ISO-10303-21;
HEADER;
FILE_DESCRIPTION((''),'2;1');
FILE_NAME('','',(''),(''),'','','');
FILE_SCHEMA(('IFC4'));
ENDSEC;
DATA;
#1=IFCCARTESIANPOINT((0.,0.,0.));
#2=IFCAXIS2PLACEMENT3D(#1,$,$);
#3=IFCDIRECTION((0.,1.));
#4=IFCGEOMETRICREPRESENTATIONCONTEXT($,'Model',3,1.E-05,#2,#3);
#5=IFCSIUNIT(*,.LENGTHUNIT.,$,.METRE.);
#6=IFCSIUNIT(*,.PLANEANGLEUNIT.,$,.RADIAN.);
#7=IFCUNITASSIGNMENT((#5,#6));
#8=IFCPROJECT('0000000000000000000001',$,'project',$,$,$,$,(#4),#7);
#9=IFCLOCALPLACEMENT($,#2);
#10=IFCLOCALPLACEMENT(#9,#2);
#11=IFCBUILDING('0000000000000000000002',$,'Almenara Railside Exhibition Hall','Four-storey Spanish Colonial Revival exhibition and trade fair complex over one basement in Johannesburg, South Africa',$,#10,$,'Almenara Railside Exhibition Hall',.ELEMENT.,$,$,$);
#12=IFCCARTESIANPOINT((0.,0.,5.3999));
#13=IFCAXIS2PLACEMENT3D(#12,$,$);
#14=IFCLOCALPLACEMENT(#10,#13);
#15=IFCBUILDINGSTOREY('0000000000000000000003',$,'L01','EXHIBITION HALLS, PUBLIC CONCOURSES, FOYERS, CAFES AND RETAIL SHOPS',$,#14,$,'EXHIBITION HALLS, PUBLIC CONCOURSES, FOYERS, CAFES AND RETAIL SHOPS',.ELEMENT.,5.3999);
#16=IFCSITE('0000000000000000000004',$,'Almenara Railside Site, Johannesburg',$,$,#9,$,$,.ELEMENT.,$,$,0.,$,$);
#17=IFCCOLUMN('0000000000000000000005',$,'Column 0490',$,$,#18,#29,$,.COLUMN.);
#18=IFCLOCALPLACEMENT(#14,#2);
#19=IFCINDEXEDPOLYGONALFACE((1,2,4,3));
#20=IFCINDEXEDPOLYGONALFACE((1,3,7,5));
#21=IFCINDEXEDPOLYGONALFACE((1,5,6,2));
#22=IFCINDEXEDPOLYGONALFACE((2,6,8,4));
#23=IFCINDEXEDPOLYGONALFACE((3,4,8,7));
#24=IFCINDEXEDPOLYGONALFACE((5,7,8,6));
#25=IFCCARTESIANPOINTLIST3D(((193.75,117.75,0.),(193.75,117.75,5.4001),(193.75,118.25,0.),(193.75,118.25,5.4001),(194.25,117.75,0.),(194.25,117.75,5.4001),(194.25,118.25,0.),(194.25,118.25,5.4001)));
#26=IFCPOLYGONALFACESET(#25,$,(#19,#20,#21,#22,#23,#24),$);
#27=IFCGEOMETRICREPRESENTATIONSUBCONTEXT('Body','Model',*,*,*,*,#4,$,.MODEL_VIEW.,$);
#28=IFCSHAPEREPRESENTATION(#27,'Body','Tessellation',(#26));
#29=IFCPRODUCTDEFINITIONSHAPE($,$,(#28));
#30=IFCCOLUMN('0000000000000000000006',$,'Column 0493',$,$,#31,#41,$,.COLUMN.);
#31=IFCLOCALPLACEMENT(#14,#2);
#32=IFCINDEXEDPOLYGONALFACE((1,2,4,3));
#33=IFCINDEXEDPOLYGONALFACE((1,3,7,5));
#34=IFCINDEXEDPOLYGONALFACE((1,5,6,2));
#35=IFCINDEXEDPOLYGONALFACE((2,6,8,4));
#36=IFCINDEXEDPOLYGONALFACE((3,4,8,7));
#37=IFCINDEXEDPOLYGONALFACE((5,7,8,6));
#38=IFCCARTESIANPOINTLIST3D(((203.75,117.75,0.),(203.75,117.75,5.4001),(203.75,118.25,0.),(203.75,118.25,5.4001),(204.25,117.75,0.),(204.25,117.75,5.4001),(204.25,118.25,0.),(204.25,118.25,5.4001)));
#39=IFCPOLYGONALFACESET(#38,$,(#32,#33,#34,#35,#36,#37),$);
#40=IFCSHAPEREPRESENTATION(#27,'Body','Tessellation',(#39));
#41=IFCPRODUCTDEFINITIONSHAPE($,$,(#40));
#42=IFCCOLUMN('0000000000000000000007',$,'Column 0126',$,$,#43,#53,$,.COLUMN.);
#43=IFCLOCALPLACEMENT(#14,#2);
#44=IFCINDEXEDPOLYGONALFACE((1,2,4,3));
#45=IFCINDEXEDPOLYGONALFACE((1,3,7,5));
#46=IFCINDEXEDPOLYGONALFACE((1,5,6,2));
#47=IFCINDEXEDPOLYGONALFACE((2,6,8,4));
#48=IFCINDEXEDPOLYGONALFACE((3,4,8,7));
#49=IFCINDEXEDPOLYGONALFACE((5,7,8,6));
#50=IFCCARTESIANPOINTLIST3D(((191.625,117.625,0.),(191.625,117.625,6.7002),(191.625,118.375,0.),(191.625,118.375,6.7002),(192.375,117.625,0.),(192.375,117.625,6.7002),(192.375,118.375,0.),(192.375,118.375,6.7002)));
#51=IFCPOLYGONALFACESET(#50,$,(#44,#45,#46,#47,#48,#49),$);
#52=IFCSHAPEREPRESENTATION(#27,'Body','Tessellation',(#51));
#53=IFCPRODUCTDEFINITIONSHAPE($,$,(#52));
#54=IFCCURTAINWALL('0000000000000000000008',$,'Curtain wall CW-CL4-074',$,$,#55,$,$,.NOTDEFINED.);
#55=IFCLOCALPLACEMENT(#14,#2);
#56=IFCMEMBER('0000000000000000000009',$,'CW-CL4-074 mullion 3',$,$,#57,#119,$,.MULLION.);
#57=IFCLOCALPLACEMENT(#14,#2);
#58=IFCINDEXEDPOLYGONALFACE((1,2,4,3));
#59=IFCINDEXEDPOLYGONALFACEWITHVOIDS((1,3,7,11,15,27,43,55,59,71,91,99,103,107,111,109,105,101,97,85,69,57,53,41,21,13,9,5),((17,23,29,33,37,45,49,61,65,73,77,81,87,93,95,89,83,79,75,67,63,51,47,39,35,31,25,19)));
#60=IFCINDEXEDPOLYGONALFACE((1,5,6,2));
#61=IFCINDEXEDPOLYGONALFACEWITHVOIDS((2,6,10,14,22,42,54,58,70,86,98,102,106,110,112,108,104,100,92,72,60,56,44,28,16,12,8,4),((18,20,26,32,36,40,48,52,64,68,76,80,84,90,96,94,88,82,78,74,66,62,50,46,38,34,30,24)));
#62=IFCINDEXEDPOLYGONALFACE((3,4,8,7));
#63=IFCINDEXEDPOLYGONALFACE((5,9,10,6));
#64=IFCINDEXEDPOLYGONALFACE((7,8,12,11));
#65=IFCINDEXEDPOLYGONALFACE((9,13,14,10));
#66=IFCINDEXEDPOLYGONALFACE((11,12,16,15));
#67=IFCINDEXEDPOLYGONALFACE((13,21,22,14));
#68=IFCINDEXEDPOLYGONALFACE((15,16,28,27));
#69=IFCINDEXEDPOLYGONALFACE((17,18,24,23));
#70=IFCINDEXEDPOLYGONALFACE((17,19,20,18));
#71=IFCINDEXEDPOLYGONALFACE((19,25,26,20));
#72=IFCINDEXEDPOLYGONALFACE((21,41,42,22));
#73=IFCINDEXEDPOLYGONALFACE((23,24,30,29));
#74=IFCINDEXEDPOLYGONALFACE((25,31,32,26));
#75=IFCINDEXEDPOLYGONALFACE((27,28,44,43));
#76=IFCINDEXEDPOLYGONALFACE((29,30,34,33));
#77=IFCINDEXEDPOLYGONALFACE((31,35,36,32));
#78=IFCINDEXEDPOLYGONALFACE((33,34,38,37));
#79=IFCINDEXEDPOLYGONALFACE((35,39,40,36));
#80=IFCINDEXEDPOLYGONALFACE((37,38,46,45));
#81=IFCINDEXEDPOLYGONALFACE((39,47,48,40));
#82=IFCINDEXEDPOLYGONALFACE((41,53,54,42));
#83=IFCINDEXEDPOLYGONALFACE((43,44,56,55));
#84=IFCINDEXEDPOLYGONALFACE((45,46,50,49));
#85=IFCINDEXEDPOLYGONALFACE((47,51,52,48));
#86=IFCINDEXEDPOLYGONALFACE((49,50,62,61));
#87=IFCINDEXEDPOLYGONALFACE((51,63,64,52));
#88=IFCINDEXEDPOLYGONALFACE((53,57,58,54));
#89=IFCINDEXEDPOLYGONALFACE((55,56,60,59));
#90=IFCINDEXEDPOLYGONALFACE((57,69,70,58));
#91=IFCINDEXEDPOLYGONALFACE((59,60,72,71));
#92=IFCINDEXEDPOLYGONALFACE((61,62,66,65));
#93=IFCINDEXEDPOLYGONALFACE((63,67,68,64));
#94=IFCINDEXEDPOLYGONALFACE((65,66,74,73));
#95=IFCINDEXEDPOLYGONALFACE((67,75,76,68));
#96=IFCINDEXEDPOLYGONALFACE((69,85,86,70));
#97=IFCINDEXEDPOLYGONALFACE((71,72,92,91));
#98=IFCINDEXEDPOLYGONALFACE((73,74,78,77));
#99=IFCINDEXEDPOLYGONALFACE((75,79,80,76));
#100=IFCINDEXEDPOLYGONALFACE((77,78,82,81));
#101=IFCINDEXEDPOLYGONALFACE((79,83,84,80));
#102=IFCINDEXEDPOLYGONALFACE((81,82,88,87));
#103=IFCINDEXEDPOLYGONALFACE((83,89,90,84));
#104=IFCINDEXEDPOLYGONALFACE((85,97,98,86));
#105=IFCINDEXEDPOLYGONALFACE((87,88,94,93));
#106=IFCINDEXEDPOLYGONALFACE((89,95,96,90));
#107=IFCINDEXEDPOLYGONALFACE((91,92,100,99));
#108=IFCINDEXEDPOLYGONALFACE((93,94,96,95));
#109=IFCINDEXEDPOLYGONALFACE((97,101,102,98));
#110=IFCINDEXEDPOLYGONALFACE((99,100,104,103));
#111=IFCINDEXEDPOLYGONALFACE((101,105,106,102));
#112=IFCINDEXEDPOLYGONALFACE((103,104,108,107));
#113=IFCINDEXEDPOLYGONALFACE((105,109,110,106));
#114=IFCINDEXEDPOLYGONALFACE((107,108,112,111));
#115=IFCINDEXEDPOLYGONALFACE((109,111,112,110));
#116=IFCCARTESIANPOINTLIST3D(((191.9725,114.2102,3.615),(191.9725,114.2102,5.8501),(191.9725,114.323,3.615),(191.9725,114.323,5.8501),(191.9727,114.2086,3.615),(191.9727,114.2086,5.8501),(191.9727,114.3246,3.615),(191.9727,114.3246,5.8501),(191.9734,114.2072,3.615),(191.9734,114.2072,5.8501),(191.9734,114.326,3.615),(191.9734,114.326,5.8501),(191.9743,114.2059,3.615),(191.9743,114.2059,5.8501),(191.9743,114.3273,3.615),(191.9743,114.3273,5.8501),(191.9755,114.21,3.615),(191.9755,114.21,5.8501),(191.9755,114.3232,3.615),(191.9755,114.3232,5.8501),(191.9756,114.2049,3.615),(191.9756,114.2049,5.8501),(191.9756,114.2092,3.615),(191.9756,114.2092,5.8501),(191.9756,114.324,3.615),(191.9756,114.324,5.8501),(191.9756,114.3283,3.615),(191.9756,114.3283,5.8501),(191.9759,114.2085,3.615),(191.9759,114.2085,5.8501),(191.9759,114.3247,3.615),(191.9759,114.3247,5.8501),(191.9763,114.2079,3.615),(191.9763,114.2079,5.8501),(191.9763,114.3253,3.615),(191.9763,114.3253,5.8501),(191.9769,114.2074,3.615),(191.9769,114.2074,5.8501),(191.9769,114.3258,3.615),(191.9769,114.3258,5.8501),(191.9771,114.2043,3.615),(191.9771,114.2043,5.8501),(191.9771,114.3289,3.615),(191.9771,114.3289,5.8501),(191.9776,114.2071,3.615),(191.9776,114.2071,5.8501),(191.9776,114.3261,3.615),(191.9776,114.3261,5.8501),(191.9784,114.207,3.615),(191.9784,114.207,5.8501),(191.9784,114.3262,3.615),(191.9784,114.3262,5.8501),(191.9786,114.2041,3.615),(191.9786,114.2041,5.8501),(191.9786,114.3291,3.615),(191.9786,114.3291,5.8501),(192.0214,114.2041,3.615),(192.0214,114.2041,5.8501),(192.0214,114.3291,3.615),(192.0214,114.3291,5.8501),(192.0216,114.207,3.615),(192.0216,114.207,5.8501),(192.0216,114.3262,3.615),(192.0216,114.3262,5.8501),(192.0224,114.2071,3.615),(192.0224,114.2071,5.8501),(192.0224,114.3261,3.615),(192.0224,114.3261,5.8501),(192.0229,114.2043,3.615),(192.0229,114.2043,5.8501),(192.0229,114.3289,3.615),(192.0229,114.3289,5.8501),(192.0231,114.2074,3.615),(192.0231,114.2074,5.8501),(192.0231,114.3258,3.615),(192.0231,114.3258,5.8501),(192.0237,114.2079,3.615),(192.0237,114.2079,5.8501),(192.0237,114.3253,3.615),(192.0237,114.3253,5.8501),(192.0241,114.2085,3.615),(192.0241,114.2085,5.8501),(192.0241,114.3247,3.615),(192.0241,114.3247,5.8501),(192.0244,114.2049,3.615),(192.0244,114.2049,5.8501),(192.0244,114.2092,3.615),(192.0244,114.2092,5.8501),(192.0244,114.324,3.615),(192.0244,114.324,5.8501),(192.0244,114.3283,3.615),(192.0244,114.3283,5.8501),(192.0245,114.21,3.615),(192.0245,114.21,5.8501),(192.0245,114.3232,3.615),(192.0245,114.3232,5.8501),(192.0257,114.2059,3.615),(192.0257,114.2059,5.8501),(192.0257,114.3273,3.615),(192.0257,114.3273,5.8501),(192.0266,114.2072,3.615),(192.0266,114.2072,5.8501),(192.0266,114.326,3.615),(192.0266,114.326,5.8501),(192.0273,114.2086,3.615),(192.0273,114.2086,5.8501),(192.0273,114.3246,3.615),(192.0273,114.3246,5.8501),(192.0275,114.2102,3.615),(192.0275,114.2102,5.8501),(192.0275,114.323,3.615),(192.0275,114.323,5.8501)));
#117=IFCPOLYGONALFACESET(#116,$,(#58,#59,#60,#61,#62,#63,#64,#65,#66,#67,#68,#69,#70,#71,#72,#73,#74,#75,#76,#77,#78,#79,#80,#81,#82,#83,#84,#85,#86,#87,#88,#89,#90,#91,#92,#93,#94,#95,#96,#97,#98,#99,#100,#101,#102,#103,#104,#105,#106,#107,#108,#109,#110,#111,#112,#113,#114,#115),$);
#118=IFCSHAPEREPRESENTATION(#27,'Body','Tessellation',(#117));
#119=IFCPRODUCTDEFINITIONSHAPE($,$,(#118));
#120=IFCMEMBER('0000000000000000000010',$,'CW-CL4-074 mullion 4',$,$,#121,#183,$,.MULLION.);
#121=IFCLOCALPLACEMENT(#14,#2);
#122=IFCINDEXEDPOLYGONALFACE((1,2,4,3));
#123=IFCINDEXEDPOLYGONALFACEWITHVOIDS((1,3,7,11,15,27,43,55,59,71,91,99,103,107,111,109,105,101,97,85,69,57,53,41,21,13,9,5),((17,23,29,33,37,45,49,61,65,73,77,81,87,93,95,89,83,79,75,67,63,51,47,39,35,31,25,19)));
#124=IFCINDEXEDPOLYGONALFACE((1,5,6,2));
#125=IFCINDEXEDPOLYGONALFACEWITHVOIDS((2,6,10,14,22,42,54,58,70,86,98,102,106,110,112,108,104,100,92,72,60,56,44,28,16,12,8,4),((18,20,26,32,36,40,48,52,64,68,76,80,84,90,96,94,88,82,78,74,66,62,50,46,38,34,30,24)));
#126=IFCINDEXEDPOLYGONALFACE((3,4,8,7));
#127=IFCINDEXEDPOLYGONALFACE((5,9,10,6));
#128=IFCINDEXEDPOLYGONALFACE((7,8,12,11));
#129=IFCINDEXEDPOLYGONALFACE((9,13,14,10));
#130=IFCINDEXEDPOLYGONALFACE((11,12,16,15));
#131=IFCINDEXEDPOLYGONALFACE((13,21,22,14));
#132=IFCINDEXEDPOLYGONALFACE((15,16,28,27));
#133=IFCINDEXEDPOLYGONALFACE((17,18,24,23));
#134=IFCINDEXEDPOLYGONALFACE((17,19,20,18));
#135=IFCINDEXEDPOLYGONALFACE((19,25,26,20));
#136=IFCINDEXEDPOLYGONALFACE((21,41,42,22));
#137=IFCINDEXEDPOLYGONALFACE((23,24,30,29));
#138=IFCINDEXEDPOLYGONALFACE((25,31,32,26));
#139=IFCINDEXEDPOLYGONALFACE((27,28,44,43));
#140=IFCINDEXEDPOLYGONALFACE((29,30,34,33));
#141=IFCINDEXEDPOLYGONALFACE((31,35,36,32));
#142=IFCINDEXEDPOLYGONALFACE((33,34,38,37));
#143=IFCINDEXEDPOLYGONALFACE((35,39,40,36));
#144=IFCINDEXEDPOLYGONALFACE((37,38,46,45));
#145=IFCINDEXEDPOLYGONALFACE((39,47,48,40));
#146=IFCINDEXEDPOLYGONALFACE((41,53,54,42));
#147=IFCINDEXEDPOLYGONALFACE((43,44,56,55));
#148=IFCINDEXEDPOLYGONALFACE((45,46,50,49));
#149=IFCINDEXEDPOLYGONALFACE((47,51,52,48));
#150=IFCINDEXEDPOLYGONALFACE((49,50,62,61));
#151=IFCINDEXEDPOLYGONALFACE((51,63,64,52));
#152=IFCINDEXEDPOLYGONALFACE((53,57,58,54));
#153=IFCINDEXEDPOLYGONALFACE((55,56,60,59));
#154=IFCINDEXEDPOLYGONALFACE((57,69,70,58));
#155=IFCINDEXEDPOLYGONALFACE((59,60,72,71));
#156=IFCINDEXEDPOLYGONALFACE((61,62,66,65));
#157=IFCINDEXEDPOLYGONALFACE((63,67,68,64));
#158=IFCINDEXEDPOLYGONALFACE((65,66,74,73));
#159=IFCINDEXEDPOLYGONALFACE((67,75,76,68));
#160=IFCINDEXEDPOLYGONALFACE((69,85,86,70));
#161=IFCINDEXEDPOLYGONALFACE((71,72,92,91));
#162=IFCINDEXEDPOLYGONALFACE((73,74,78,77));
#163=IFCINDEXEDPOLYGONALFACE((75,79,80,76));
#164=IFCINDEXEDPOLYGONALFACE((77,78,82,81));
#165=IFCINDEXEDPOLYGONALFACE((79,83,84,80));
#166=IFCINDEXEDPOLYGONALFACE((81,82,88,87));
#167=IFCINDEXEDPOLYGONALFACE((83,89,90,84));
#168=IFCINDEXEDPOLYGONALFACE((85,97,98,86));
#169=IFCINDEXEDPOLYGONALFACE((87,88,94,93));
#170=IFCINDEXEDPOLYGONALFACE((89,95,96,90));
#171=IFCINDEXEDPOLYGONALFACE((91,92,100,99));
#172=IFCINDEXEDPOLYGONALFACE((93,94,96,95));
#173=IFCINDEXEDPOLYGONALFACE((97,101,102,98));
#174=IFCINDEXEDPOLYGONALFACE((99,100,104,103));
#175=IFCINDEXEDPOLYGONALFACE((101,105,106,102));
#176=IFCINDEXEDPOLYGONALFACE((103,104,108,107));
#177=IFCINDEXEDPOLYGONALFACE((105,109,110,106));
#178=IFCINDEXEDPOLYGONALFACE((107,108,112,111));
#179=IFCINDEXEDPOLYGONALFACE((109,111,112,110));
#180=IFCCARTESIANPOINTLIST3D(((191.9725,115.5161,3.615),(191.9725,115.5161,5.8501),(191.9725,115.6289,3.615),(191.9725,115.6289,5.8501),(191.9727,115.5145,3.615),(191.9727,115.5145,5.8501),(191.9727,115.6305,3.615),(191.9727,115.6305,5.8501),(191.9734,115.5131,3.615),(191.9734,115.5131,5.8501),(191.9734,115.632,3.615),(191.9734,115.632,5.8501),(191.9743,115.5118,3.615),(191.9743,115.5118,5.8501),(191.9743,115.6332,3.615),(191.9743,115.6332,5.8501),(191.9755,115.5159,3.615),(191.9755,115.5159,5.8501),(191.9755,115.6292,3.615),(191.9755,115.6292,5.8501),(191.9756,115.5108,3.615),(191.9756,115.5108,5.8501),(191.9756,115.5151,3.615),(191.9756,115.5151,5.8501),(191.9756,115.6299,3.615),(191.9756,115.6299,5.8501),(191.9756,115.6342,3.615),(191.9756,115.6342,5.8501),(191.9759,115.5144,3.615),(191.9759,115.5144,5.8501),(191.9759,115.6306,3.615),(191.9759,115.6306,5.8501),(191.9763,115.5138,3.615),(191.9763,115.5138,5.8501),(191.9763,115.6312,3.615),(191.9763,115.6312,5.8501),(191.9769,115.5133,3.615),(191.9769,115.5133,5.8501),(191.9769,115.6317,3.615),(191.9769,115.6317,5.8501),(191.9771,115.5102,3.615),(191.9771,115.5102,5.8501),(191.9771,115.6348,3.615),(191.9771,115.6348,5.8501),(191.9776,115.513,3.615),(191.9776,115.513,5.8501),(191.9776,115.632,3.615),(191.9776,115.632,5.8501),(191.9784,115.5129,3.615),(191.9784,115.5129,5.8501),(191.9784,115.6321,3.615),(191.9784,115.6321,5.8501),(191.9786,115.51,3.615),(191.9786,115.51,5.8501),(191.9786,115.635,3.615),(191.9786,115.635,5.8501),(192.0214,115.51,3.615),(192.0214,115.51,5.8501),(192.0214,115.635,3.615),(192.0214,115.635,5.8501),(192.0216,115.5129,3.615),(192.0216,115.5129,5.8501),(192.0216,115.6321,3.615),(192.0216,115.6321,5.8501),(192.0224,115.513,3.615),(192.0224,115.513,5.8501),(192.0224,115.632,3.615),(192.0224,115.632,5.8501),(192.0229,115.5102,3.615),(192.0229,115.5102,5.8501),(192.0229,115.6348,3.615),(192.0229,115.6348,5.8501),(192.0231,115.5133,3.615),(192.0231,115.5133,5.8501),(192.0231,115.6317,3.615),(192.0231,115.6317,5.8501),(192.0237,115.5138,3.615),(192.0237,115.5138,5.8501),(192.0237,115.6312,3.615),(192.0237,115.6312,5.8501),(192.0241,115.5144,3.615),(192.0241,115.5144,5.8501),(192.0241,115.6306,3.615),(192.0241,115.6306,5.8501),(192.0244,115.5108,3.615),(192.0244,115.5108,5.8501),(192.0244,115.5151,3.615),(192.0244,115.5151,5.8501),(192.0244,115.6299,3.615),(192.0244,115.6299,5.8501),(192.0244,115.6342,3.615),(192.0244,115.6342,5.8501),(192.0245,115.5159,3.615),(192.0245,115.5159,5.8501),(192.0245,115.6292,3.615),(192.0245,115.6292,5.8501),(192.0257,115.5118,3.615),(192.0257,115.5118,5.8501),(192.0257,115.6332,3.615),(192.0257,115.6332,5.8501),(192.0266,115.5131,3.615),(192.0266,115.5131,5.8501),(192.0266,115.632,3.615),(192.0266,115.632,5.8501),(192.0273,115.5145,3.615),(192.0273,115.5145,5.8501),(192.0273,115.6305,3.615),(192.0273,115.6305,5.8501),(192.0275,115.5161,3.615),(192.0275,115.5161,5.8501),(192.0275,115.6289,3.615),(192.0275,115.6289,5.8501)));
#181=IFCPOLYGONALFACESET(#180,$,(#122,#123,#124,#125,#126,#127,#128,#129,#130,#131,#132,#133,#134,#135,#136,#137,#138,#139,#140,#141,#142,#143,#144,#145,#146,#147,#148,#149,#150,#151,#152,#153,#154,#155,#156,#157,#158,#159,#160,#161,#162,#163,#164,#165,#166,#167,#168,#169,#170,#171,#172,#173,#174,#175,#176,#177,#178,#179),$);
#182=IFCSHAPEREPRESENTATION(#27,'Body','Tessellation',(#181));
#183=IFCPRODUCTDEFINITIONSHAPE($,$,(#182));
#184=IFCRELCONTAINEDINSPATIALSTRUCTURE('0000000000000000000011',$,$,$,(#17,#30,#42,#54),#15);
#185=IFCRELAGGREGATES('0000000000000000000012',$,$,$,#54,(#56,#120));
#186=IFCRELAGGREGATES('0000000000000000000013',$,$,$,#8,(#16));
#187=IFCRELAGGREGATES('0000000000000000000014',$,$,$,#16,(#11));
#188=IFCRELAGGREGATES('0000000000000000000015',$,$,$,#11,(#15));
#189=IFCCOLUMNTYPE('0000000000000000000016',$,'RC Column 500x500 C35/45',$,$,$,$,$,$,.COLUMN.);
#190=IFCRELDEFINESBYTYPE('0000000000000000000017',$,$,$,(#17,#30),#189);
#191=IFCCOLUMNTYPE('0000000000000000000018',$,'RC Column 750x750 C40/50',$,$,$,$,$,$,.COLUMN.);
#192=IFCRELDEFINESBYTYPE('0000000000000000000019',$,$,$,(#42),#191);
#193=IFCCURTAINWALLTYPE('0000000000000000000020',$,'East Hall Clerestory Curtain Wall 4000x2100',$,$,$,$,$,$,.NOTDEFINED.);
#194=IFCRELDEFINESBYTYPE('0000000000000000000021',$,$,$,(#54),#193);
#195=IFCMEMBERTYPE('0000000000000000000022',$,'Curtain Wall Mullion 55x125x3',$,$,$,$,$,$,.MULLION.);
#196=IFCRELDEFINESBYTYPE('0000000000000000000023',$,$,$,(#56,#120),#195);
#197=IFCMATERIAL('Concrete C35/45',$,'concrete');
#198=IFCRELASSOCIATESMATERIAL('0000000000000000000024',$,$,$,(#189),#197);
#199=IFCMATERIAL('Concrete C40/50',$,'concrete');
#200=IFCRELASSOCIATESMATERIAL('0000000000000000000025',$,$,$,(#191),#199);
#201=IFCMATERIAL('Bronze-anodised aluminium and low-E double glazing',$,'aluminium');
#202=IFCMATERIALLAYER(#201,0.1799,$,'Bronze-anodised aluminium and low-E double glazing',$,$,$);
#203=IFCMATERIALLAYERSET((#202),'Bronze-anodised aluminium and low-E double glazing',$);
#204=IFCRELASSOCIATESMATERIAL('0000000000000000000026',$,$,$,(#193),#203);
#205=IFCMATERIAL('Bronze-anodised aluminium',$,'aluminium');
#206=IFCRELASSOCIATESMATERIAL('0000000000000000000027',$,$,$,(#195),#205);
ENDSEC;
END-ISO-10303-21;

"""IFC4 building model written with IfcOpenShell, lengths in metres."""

from ifc_helpers import new_model, si_unit, direction, frame, origin, origin_2d, place, context, subcontext, project, spatial, rectangle, hollow_rectangle, extrude, material, layer, layer_set, material_profile, profile_set, type_object, element, aggregate, save


model = new_model("IFC4")

# Units and contexts
model_context = context("Model", 3, precision=1e-05, world=origin(), true_north=direction((0.0, 1.0)))
body_context = subcontext(model_context, "Body", "Model", "MODEL_VIEW")
ifc_project = project(units=[si_unit("LENGTHUNIT", "METRE"), si_unit("PLANEANGLEUNIT", "RADIAN")], contexts=[model_context])

# Site, building, storey
site_placement = place(None, origin())
site = spatial("IfcSite", under=ifc_project, at=site_placement, Name="Almenara Railside Site, Johannesburg", CompositionType="ELEMENT", RefElevation=0.0)
building_placement = place(site_placement, origin())
building = spatial("IfcBuilding", under=site, at=building_placement, Name="Almenara Railside Exhibition Hall", Description="Four-storey Spanish Colonial Revival exhibition and trade fair complex over one basement in Johannesburg, South Africa", LongName="Almenara Railside Exhibition Hall", CompositionType="ELEMENT")
storey_placement = place(building_placement, frame((0.0, 0.0, 5.3999)))
storey = spatial("IfcBuildingStorey", under=building, at=storey_placement, Name="L01", Description="EXHIBITION HALLS, PUBLIC CONCOURSES, FOYERS, CAFES AND RETAIL SHOPS", LongName="EXHIBITION HALLS, PUBLIC CONCOURSES, FOYERS, CAFES AND RETAIL SHOPS", CompositionType="ELEMENT", Elevation=5.3999)

# Columns
ifc_material_1 = material(Name="Concrete C35/45", Category="concrete")
ifc_material_profile_1 = material_profile(ifc_material_1, rectangle(XDim=0.5, YDim=0.5, at=origin_2d()), Name="RC 500x500")
ifc_profile_set_1 = profile_set([ifc_material_profile_1], Name="Concrete C35/45")
column_type_1 = type_object("IfcColumnType", Name="RC Column 500x500 C35/45", PredefinedType="COLUMN", material=ifc_profile_set_1)
for number, where, z_axis, x_axis, name in (
    (1, (194.0, 118.0, 0.0), (0.0, 0.0, 1.0), (1.0, 0.0, 0.0), "Column 0490"),
    (2, (204.0, 118.0, 0.0), (0.0, 0.0, 1.0), (1.0, 0.0, 0.0), "Column 0493"),
):
    element("IfcColumn", number, at=place(storey_placement, frame(where, z_axis=z_axis, x_axis=x_axis)), inside=storey, type_object=column_type_1, Name=name, PredefinedType="COLUMN", context=body_context, shape_type="SweptSolid", body=[
        extrude(rectangle(XDim=0.5, YDim=0.5, at=origin_2d()), origin(), (0.0, 0.0, 1.0), 5.4001),
    ])
ifc_material_2 = material(Name="Concrete C40/50", Category="concrete")
ifc_material_profile_2 = material_profile(ifc_material_2, rectangle(XDim=0.75, YDim=0.75, at=origin_2d()), Name="RC 750x750")
ifc_profile_set_2 = profile_set([ifc_material_profile_2], Name="Concrete C40/50")
column_type_2 = type_object("IfcColumnType", Name="RC Column 750x750 C40/50", PredefinedType="COLUMN", material=ifc_profile_set_2)
column_placement = place(storey_placement, frame((192.0, 118.0, 0.0), z_axis=(0.0, 0.0, 1.0), x_axis=(1.0, 0.0, 0.0)))
element("IfcColumn", 3, at=column_placement, inside=storey, type_object=column_type_2, Name="Column 0126", PredefinedType="COLUMN", context=body_context, shape_type="SweptSolid", body=[
    extrude(rectangle(XDim=0.75, YDim=0.75, at=origin_2d()), origin(), (0.0, 0.0, 1.0), 6.7002),
])

# Curtain wall, members
ifc_material_3 = material(Name="Bronze-anodised aluminium and low-E double glazing", Category="aluminium")
ifc_layer_1 = layer(ifc_material_3, 0.1799, Name="Bronze-anodised aluminium and low-E double glazing")
ifc_layer_set_1 = layer_set([ifc_layer_1], Name="Bronze-anodised aluminium and low-E double glazing")
curtain_wall_type_1 = type_object("IfcCurtainWallType", Name="East Hall Clerestory Curtain Wall 4000x2100", PredefinedType="NOTDEFINED", material=ifc_layer_set_1)
curtain_wall_1_placement = place(storey_placement, origin())
curtain_wall_1 = element("IfcCurtainWall", 4, at=curtain_wall_1_placement, inside=storey, type_object=curtain_wall_type_1, Name="Curtain wall CW-CL4-074", PredefinedType="NOTDEFINED")
ifc_material_4 = material(Name="Bronze-anodised aluminium", Category="aluminium")
ifc_material_profile_3 = material_profile(ifc_material_4, hollow_rectangle(XDim=0.0549, YDim=0.125, WallThickness=0.0029, InnerFilletRadius=0.0029, OuterFilletRadius=0.0061, at=origin_2d()), Name="ALU-MUL 55x125x3")
ifc_profile_set_3 = profile_set([ifc_material_profile_3], Name="Bronze-anodised aluminium")
member_type_1 = type_object("IfcMemberType", Name="Curtain Wall Mullion 55x125x3", PredefinedType="MULLION", material=ifc_profile_set_3)
member_1_placement = place(storey_placement, frame((192.0, 114.2666, 3.615), z_axis=(0.0, 0.0, 1.0), x_axis=(-1.0, 0.0, 0.0)))
member_1 = element("IfcMember", 5, at=member_1_placement, type_object=member_type_1, Name="CW-CL4-074 mullion 3", PredefinedType="MULLION", context=body_context, shape_type="SweptSolid", body=[
    extrude(hollow_rectangle(XDim=0.0549, YDim=0.125, WallThickness=0.0029, InnerFilletRadius=0.0029, OuterFilletRadius=0.0061, at=origin_2d()), origin(), (0.0, 0.0, 1.0), 2.2351),
])
member_2_placement = place(storey_placement, frame((192.0, 115.5725, 3.615), z_axis=(0.0, 0.0, 1.0), x_axis=(-1.0, 0.0, 0.0)))
member_2 = element("IfcMember", 6, at=member_2_placement, type_object=member_type_1, Name="CW-CL4-074 mullion 4", PredefinedType="MULLION", context=body_context, shape_type="SweptSolid", body=[
    extrude(hollow_rectangle(XDim=0.0549, YDim=0.125, WallThickness=0.0029, InnerFilletRadius=0.0029, OuterFilletRadius=0.0061, at=origin_2d()), origin(), (0.0, 0.0, 1.0), 2.2351),
])

aggregate(curtain_wall_1, [member_1, member_2])

save(model, "model.ifc")
